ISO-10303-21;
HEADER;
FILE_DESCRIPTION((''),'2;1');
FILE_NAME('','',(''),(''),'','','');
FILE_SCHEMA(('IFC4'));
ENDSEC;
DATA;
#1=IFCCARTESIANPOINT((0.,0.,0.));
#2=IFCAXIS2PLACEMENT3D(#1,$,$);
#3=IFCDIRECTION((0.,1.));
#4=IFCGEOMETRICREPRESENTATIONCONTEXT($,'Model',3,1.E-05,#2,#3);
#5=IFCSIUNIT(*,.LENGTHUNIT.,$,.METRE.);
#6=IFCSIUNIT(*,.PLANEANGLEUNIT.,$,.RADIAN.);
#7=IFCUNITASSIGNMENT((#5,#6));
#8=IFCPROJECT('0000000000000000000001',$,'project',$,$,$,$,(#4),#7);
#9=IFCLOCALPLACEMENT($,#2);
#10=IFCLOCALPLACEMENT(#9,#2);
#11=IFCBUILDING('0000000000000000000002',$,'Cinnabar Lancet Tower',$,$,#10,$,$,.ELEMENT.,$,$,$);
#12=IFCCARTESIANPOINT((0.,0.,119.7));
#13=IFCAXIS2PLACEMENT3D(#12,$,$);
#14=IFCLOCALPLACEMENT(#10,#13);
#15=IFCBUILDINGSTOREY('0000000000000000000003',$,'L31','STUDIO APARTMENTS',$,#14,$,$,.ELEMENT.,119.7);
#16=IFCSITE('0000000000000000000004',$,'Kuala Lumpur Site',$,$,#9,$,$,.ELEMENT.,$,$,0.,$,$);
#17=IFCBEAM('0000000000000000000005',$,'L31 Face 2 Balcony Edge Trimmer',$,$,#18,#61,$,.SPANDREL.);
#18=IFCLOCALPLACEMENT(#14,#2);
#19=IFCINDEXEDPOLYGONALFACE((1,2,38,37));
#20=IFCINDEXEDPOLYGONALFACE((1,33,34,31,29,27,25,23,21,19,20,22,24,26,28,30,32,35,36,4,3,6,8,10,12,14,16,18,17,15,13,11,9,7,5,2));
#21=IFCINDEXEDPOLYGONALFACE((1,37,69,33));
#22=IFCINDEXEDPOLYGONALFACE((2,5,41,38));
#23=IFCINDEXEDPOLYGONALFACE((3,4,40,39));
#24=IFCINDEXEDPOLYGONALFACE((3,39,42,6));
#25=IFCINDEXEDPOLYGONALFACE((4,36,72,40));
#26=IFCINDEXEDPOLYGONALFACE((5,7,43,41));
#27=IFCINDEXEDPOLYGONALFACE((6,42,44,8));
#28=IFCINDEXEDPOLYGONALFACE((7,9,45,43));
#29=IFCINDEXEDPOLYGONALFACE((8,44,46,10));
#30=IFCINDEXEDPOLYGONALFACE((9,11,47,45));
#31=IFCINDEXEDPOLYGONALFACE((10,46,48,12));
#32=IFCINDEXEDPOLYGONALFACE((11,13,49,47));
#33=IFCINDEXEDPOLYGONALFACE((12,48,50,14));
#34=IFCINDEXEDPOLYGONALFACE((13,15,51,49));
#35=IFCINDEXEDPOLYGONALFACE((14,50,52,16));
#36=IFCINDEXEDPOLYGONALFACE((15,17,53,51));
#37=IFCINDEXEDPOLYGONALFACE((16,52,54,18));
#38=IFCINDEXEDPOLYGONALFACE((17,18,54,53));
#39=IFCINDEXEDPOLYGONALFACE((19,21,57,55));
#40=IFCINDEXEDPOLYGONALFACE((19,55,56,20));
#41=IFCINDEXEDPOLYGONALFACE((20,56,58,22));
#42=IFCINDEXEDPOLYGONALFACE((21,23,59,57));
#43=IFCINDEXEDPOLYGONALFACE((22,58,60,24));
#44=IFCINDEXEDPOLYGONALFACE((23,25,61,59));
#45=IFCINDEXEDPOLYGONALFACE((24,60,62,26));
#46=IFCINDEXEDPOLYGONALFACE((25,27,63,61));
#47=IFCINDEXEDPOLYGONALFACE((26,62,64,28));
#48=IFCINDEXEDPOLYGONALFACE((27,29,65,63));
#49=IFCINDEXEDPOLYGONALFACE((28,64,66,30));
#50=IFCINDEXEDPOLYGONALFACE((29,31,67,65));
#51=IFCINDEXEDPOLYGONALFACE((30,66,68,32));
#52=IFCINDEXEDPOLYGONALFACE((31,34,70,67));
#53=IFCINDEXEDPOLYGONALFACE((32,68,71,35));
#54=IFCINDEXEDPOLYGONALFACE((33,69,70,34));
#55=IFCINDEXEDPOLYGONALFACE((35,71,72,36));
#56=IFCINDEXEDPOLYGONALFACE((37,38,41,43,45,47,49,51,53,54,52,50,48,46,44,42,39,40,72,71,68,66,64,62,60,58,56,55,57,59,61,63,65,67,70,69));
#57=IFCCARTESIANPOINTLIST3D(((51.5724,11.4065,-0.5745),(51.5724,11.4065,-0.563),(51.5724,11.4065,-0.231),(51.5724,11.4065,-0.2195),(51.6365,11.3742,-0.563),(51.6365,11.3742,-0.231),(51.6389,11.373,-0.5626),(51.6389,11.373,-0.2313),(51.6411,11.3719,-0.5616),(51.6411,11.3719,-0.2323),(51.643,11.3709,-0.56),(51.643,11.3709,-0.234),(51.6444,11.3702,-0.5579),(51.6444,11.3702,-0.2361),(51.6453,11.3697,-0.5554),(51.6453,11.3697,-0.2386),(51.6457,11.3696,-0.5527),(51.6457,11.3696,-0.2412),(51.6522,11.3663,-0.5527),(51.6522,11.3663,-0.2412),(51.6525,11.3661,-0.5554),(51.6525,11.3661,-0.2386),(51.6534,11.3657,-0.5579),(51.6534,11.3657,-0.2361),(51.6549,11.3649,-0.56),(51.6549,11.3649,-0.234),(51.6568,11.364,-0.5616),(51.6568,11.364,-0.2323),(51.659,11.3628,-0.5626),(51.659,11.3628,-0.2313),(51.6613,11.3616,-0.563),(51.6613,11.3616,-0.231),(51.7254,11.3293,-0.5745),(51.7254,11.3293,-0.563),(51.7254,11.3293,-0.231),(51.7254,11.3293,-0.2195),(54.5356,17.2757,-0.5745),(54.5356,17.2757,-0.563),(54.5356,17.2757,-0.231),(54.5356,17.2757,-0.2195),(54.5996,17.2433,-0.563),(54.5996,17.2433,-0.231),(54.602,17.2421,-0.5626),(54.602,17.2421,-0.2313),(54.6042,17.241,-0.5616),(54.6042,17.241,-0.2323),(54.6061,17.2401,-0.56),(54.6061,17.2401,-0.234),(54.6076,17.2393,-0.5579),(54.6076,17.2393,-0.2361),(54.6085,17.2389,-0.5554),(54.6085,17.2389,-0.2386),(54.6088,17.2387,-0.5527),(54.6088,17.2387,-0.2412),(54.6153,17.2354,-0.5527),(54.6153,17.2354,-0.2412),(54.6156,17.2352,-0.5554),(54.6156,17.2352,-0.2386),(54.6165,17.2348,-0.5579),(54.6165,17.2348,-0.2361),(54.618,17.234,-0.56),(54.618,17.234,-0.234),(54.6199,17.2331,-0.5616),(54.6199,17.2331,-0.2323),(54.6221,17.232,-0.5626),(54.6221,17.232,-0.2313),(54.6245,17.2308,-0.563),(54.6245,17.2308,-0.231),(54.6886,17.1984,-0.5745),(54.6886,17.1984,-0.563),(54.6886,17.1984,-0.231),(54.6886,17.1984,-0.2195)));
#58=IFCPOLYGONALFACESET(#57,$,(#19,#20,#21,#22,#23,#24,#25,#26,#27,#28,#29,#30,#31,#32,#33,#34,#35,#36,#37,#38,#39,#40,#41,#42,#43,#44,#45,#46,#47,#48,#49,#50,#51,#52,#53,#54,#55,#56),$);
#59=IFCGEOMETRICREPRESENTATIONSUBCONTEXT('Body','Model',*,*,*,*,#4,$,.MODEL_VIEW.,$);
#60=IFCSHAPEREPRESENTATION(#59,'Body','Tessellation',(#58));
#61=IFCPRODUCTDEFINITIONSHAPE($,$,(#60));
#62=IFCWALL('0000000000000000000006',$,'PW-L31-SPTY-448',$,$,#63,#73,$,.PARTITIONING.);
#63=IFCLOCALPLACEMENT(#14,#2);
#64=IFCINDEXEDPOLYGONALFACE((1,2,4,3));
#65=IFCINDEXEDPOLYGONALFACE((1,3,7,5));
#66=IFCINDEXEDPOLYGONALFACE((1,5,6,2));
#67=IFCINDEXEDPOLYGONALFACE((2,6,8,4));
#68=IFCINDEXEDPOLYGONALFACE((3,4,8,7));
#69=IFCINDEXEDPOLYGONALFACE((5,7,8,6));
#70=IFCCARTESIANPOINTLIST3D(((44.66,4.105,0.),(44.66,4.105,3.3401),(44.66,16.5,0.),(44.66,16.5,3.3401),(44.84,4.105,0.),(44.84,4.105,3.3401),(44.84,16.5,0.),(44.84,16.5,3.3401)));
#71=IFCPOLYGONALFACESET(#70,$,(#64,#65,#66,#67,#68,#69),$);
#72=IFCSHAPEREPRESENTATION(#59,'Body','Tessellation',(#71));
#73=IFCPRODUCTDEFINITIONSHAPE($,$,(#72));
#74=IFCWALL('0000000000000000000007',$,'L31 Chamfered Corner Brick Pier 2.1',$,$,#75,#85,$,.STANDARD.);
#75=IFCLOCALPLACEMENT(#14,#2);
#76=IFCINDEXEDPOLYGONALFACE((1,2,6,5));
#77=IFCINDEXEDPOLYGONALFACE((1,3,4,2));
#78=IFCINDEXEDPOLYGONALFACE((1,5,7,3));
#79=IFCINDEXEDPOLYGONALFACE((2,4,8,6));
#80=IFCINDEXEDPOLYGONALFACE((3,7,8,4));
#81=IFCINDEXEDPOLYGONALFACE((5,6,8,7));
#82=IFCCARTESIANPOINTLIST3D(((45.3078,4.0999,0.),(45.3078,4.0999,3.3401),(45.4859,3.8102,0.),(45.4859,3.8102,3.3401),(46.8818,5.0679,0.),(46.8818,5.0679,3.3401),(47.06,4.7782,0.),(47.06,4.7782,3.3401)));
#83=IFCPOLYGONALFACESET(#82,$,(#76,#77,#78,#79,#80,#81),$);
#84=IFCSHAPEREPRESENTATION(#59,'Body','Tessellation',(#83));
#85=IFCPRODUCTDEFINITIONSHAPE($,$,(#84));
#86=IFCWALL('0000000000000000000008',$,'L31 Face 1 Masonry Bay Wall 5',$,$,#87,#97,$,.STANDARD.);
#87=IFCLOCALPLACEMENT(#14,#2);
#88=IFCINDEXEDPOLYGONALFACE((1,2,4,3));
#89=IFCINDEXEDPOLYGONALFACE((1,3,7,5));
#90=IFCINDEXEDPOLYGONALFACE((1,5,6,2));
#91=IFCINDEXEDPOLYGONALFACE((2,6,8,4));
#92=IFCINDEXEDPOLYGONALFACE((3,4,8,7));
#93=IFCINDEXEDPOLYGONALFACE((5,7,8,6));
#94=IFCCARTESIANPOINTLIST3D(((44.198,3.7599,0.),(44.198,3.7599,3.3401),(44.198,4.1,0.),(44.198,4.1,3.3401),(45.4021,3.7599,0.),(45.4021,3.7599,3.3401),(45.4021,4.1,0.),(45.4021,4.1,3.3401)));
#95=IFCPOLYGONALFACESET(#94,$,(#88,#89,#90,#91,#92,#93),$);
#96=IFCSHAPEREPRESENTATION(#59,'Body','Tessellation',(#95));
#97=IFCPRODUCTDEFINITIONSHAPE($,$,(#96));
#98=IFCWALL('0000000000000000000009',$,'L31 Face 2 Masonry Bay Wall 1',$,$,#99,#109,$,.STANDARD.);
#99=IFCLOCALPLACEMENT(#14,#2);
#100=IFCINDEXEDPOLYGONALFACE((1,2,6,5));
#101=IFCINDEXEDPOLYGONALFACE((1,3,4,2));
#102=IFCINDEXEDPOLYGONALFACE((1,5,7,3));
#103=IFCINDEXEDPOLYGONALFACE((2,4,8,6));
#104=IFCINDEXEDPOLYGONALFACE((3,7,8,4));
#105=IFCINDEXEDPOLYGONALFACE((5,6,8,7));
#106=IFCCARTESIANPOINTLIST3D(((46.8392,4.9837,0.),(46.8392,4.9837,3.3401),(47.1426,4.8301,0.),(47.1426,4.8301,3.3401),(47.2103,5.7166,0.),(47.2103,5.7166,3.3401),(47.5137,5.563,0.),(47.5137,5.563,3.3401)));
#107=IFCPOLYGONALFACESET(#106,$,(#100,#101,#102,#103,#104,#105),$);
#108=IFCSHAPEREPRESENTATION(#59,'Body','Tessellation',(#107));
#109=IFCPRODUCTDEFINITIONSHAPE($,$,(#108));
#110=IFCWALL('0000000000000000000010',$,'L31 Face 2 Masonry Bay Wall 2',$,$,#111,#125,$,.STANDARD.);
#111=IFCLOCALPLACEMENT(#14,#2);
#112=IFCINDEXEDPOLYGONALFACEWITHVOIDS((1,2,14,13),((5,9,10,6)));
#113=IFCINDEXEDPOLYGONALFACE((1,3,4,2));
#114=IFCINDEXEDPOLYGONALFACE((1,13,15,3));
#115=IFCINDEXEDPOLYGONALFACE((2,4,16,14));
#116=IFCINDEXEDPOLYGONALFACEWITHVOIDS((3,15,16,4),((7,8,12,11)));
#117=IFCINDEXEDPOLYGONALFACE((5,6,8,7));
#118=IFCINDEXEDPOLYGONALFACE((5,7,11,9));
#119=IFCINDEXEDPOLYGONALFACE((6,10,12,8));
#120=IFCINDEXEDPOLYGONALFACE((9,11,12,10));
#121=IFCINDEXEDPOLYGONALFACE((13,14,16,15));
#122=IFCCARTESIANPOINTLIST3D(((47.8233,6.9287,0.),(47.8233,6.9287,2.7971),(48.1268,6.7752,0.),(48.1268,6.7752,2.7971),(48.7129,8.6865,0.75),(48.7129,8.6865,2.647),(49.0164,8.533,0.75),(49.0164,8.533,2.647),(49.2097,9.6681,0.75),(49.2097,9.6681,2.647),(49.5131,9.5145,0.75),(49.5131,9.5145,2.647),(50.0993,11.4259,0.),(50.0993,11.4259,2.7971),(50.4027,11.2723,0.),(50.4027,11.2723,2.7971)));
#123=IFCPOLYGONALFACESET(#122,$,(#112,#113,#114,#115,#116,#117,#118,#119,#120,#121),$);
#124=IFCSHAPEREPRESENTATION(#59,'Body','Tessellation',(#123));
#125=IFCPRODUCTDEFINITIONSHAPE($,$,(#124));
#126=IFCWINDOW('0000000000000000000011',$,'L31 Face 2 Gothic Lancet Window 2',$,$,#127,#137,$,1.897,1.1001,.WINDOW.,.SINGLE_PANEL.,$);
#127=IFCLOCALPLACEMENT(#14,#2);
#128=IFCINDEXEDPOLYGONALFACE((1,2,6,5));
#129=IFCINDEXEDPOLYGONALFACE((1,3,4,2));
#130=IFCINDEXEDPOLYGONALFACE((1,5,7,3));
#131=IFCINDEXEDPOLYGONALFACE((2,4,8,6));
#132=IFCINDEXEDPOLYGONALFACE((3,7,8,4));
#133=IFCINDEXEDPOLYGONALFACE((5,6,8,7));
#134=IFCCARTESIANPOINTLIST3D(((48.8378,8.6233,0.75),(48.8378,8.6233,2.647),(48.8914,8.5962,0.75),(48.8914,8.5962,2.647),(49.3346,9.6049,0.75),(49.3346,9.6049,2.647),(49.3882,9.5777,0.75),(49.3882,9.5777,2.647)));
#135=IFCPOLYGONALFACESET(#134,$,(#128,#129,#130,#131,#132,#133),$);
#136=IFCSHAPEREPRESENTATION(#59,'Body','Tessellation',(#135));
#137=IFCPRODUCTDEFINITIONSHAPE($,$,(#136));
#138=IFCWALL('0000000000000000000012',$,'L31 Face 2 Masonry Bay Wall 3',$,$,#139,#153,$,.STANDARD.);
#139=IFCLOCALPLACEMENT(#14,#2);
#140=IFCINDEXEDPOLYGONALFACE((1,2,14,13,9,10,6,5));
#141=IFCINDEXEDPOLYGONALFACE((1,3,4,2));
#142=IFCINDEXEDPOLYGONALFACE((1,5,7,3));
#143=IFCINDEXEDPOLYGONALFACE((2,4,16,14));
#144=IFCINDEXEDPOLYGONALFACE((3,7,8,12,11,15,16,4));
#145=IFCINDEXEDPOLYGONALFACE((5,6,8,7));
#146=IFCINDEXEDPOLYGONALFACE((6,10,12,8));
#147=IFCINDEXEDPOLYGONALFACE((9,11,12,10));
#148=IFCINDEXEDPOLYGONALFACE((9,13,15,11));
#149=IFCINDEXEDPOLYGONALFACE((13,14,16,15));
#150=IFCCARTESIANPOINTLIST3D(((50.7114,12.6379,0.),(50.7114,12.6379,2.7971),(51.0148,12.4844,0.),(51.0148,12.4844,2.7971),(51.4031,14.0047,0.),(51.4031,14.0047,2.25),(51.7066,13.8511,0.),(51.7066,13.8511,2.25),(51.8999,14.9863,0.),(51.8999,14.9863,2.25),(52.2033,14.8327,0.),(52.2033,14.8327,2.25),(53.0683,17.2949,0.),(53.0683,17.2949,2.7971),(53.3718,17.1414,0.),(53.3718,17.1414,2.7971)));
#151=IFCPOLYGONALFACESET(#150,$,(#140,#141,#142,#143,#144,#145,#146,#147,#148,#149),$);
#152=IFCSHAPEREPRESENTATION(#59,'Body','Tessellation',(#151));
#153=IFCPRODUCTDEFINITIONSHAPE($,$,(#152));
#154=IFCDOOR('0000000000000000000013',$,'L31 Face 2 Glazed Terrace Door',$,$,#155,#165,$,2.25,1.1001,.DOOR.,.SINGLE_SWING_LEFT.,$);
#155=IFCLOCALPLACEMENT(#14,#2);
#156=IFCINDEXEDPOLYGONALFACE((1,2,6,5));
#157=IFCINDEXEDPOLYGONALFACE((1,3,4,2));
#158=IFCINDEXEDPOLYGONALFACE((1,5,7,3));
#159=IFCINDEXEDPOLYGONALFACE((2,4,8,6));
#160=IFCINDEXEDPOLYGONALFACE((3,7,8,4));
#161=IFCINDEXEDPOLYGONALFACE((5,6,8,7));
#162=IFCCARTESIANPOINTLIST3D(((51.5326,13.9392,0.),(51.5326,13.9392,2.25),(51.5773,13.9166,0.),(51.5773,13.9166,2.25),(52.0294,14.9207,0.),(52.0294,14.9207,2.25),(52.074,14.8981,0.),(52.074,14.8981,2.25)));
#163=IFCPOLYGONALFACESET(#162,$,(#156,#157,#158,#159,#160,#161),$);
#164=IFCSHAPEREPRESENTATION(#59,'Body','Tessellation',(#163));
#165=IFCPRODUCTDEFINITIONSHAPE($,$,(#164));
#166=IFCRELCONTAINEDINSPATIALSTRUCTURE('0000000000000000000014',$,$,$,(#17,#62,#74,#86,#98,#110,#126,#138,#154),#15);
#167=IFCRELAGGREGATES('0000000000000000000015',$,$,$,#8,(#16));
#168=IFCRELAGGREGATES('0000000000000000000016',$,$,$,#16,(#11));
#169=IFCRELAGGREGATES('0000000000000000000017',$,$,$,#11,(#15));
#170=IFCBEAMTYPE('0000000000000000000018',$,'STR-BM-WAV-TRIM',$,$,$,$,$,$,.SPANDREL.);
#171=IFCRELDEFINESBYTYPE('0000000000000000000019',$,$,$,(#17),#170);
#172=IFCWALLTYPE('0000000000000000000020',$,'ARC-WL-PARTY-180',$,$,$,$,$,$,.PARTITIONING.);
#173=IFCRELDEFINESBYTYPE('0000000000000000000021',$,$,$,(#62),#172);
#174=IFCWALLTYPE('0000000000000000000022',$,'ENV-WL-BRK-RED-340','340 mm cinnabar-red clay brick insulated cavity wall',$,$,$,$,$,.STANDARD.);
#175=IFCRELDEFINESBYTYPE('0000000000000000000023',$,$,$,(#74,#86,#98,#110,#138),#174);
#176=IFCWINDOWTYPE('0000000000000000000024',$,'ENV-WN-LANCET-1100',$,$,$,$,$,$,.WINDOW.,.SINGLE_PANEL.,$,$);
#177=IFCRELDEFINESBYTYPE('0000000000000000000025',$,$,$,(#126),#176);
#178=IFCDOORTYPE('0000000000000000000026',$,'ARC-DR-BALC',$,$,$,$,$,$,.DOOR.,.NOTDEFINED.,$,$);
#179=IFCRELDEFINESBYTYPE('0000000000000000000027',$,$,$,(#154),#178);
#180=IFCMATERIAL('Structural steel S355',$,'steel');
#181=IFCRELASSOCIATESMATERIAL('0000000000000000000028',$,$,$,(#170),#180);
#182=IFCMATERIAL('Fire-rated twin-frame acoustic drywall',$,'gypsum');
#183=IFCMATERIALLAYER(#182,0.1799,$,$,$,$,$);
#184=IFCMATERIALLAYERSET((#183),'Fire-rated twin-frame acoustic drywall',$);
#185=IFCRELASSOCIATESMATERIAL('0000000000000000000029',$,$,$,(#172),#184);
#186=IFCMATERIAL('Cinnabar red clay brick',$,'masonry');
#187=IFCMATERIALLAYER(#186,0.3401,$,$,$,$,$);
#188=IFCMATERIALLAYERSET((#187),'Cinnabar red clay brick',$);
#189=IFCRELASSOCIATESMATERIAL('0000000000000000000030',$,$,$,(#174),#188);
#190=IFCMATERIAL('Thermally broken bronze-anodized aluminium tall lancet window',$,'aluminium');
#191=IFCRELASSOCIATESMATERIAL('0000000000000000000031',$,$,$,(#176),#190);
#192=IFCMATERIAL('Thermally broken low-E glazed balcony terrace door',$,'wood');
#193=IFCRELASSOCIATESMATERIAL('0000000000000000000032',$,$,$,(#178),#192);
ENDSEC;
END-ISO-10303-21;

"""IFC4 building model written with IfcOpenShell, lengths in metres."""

from ifc_helpers import new_model, si_unit, direction, frame, frame_2d, origin, origin_2d, place, context, subcontext, project, spatial, rectangle, i_section, extrude, material, layer, layer_set, material_profile, profile_set, type_object, element, fill, save


model = new_model("IFC4")

# Units and contexts
model_context = context("Model", 3, precision=1e-05, world=origin(), true_north=direction((0.0, 1.0)))
body_context = subcontext(model_context, "Body", "Model", "MODEL_VIEW")
ifc_project = project(units=[si_unit("LENGTHUNIT", "METRE"), si_unit("PLANEANGLEUNIT", "RADIAN")], contexts=[model_context])

# Site, building, storey
site_placement = place(None, origin())
site = spatial("IfcSite", under=ifc_project, at=site_placement, Name="Kuala Lumpur Site", CompositionType="ELEMENT", RefElevation=0.0)
building_placement = place(site_placement, origin())
building = spatial("IfcBuilding", under=site, at=building_placement, Name="Cinnabar Lancet Tower", CompositionType="ELEMENT")
storey_placement = place(building_placement, frame((0.0, 0.0, 119.7)))
storey = spatial("IfcBuildingStorey", under=building, at=storey_placement, Name="L31", Description="STUDIO APARTMENTS", CompositionType="ELEMENT", Elevation=119.7)

# Beam
ifc_material_1 = material(Name="Structural steel S355", Category="steel")
ifc_material_profile_1 = material_profile(ifc_material_1, i_section(OverallWidth=0.1714, OverallDepth=0.355, WebThickness=0.0073, FlangeThickness=0.0115, FilletRadius=0.0103, at=origin_2d()), Name="UKB 356x171x51")
ifc_profile_set_1 = profile_set([ifc_material_profile_1], Name="Structural steel S355")
beam_type_1 = type_object("IfcBeamType", Name="STR-BM-WAV-TRIM", PredefinedType="SPANDREL", material=ifc_profile_set_1)
beam_1_placement = place(storey_placement, frame((51.6489, 11.3679, -0.397), z_axis=(0.450686, 0.892683, 0.0), x_axis=(-0.892683, 0.450686, 0.0)))
element("IfcBeam", 1, at=beam_1_placement, inside=storey, type_object=beam_type_1, Name="L31 Face 2 Balcony Edge Trimmer", PredefinedType="SPANDREL", context=body_context, shape_type="SweptSolid", body=[
    extrude(i_section(OverallWidth=0.1714, OverallDepth=0.355, WebThickness=0.0073, FlangeThickness=0.0115, FilletRadius=0.0103, at=origin_2d()), origin(), (0.0, 0.0, 1.0), 6.5747),
])

# Walls
ifc_material_2 = material(Name="Fire-rated twin-frame acoustic drywall", Category="gypsum")
ifc_layer_1 = layer(ifc_material_2, 0.1799)
ifc_layer_set_1 = layer_set([ifc_layer_1], Name="Fire-rated twin-frame acoustic drywall")
wall_type_1 = type_object("IfcWallType", Name="ARC-WL-PARTY-180", PredefinedType="PARTITIONING", material=ifc_layer_set_1)
wall_1_placement = place(storey_placement, frame((44.75, 4.105, 0.0), z_axis=(0.0, 0.0, 1.0), x_axis=(0.0, 1.0, 0.0)))
element("IfcWall", 2, at=wall_1_placement, inside=storey, type_object=wall_type_1, Name="PW-L31-SPTY-448", PredefinedType="PARTITIONING", context=body_context, shape_type="SweptSolid", body=[
    extrude(rectangle(XDim=12.395, YDim=0.1799, at=frame_2d((6.1975, 0.0))), origin(), (0.0, 0.0, 1.0), 3.3401),
])
ifc_material_3 = material(Name="Cinnabar red clay brick", Category="masonry")
ifc_layer_2 = layer(ifc_material_3, 0.3401)
ifc_layer_set_2 = layer_set([ifc_layer_2], Name="Cinnabar red clay brick")
wall_type_2 = type_object("IfcWallType", Name="ENV-WL-BRK-RED-340", Description="340 mm cinnabar-red clay brick insulated cavity wall", PredefinedType="STANDARD", material=ifc_layer_set_2)
wall_2_placement = place(storey_placement, frame((45.397, 3.9551, 0.0), z_axis=(0.0, 0.0, 1.0), x_axis=(0.851799, 0.523869, 0.0)))
element("IfcWall", 3, at=wall_2_placement, inside=storey, type_object=wall_type_2, Name="L31 Chamfered Corner Brick Pier 2.1", PredefinedType="STANDARD", context=body_context, shape_type="SweptSolid", body=[
    extrude(rectangle(XDim=1.8479, YDim=0.3401, at=frame_2d((0.9238, 0.0))), origin(), (0.0, 0.0, 1.0), 3.3401),
])
wall_3_placement = place(storey_placement, frame((44.198, 3.9299, 0.0), z_axis=(0.0, 0.0, 1.0), x_axis=(1.0, 0.0, 0.0)))
element("IfcWall", 4, at=wall_3_placement, inside=storey, type_object=wall_type_2, Name="L31 Face 1 Masonry Bay Wall 5", PredefinedType="STANDARD", context=body_context, shape_type="SweptSolid", body=[
    extrude(rectangle(XDim=1.2041, YDim=0.3401, at=frame_2d((0.6021, 0.0))), origin(), (0.0, 0.0, 1.0), 3.3401),
])
wall_4_placement = place(storey_placement, frame((46.991, 4.907, 0.0), z_axis=(0.0, 0.0, 1.0), x_axis=(0.451725, 0.892157, 0.0)))
element("IfcWall", 5, at=wall_4_placement, inside=storey, type_object=wall_type_2, Name="L31 Face 2 Masonry Bay Wall 1", PredefinedType="STANDARD", context=body_context, shape_type="SweptSolid", body=[
    extrude(rectangle(XDim=0.8215, YDim=0.3401, at=frame_2d((0.4106, 0.0))), origin(), (0.0, 0.0, 1.0), 3.3401),
])

# Wall, opening, window
wall_5_placement = place(storey_placement, frame((47.9751, 6.8521, 0.0), z_axis=(0.0, 0.0, 1.0), x_axis=(0.451548, 0.892247, 0.0)))
wall_5 = element("IfcWall", 6, at=wall_5_placement, inside=storey, type_object=wall_type_2, Name="L31 Face 2 Masonry Bay Wall 2", PredefinedType="STANDARD", context=body_context, shape_type="SweptSolid", body=[
    extrude(rectangle(XDim=5.0403, YDim=0.3401, at=frame_2d((2.52, 0.0))), origin(), (0.0, 0.0, 1.0), 2.7971),
])
opening_1_placement = place(wall_5_placement, frame((1.97, 0.0, 0.75)))
opening_1 = element("IfcOpeningElement", 7, at=opening_1_placement, cuts=wall_5, PredefinedType="OPENING", context=body_context, shape_type="SweptSolid", body=[
    extrude(rectangle(XDim=1.1001, YDim=1.897, at=frame_2d((0.55, 0.9485))), frame((0.0, 0.1799, 0.0), z_axis=(0.0, -1.0, 0.0), x_axis=(1.0, 0.0, 0.0)), (0.0, 0.0, 1.0), 0.3601),
])
ifc_material_4 = material(Name="Thermally broken bronze-anodized aluminium tall lancet window", Category="aluminium")
window_type = type_object("IfcWindowType", Name="ENV-WN-LANCET-1100", PartitioningType="SINGLE_PANEL", PredefinedType="WINDOW", material=ifc_material_4)
window_placement = place(opening_1_placement, origin())
window = element("IfcWindow", 8, at=window_placement, inside=storey, type_object=window_type, Name="L31 Face 2 Gothic Lancet Window 2", OverallHeight=1.897, OverallWidth=1.1001, PartitioningType="SINGLE_PANEL", PredefinedType="WINDOW", context=body_context, shape_type="SweptSolid", body=[
    extrude(rectangle(XDim=1.1001, YDim=1.897, at=frame_2d((0.55, 0.9485))), frame((0.0, 0.03, 0.0), z_axis=(0.0, -1.0, 0.0), x_axis=(1.0, 0.0, 0.0)), (0.0, 0.0, 1.0), 0.0601),
])
fill(opening_1, window)

# Wall, opening, door
wall_6_placement = place(storey_placement, frame((50.863, 12.561, 0.0), z_axis=(0.0, 0.0, 1.0), x_axis=(0.451568, 0.892237, 0.0)))
wall_6 = element("IfcWall", 9, at=wall_6_placement, inside=storey, type_object=wall_type_2, Name="L31 Face 2 Masonry Bay Wall 3", PredefinedType="STANDARD", context=body_context, shape_type="SweptSolid", body=[
    extrude(rectangle(XDim=5.2195, YDim=0.3401, at=frame_2d((2.6099, 0.0))), origin(), (0.0, 0.0, 1.0), 2.7971),
])
opening_2_placement = place(wall_6_placement, frame((1.532, 0.0, 0.0)))
opening_2 = element("IfcOpeningElement", 10, at=opening_2_placement, cuts=wall_6, PredefinedType="OPENING", context=body_context, shape_type="SweptSolid", body=[
    extrude(rectangle(XDim=1.1001, YDim=2.25, at=frame_2d((0.55, 1.125))), frame((0.0, 0.1799, 0.0), z_axis=(0.0, -1.0, 0.0), x_axis=(1.0, 0.0, 0.0)), (0.0, 0.0, 1.0), 0.3601),
])
ifc_material_5 = material(Name="Thermally broken low-E glazed balcony terrace door", Category="wood")
door_type = type_object("IfcDoorType", Name="ARC-DR-BALC", OperationType="NOTDEFINED", PredefinedType="DOOR", material=ifc_material_5)
door_placement = place(opening_2_placement, origin())
door = element("IfcDoor", 11, at=door_placement, inside=storey, type_object=door_type, Name="L31 Face 2 Glazed Terrace Door", OperationType="SINGLE_SWING_LEFT", OverallHeight=2.25, OverallWidth=1.1001, PredefinedType="DOOR", context=body_context, shape_type="SweptSolid", body=[
    extrude(rectangle(XDim=1.1001, YDim=2.25, at=frame_2d((0.55, 1.125))), frame((0.0, 0.0249, 0.0), z_axis=(0.0, -1.0, 0.0), x_axis=(1.0, 0.0, 0.0)), (0.0, 0.0, 1.0), 0.05),
])
fill(opening_2, door)

save(model, "model.ifc")
